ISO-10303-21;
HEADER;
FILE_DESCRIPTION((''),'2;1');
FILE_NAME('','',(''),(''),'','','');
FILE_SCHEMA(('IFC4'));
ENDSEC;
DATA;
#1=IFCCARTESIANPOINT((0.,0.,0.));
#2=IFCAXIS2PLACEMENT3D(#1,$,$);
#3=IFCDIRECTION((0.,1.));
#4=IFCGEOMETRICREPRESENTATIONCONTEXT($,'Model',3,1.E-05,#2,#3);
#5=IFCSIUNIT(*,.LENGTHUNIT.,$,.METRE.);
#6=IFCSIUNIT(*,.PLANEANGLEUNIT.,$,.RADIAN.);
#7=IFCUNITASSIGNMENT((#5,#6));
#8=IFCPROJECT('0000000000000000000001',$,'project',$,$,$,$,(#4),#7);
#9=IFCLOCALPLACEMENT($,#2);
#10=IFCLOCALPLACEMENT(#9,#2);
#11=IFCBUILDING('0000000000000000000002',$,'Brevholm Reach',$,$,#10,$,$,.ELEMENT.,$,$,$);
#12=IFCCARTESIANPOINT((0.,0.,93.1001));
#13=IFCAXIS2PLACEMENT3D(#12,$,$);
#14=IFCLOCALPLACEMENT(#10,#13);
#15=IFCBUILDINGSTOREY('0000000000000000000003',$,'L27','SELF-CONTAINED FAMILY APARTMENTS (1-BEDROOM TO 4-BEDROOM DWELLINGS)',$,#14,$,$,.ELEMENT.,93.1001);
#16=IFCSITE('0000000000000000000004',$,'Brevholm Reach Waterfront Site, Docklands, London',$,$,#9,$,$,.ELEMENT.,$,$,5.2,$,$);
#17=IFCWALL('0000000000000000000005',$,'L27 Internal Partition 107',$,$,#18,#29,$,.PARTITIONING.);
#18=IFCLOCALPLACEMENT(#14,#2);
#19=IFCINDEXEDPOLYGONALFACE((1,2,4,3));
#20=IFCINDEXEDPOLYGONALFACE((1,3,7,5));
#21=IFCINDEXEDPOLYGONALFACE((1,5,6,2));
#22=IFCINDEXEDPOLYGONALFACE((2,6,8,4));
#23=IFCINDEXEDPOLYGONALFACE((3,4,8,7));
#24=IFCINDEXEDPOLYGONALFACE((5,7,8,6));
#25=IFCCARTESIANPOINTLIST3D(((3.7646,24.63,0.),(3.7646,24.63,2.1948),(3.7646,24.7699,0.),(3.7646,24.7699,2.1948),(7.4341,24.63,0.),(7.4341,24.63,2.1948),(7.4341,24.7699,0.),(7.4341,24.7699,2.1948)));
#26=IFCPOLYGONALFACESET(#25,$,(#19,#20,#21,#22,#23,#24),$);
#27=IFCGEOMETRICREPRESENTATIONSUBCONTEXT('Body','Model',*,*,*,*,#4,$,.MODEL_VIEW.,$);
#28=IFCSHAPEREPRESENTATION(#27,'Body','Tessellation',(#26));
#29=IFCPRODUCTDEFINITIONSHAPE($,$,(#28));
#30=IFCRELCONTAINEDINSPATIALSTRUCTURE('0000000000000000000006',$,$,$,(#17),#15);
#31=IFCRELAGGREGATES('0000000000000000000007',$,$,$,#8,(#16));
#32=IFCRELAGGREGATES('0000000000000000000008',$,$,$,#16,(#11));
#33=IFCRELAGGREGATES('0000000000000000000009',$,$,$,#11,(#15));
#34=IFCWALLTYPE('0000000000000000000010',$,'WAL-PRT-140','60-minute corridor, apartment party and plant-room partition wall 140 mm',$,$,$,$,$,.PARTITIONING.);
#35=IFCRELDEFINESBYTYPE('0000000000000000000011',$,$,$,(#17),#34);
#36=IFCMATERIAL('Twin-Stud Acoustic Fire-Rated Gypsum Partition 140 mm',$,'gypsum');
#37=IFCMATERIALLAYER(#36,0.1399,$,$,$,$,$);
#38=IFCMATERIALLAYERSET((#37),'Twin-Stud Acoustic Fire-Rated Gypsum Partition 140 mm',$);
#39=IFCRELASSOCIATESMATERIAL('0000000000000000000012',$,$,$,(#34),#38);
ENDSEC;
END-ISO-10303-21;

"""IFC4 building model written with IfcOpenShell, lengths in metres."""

from ifc_helpers import new_model, si_unit, direction, frame, frame_2d, origin, place, context, subcontext, project, spatial, rectangle, extrude, material, layer, layer_set, type_object, element, save


model = new_model("IFC4")

# Units and contexts
model_context = context("Model", 3, precision=1e-05, world=origin(), true_north=direction((0.0, 1.0)))
body_context = subcontext(model_context, "Body", "Model", "MODEL_VIEW")
ifc_project = project(units=[si_unit("LENGTHUNIT", "METRE"), si_unit("PLANEANGLEUNIT", "RADIAN")], contexts=[model_context])

# Site, building, storey
site_placement = place(None, origin())
site = spatial("IfcSite", under=ifc_project, at=site_placement, Name="Brevholm Reach Waterfront Site, Docklands, London", CompositionType="ELEMENT", RefElevation=5.2)
building_placement = place(site_placement, origin())
building = spatial("IfcBuilding", under=site, at=building_placement, Name="Brevholm Reach", CompositionType="ELEMENT")
storey_placement = place(building_placement, frame((0.0, 0.0, 93.1001)))
storey = spatial("IfcBuildingStorey", under=building, at=storey_placement, Name="L27", Description="SELF-CONTAINED FAMILY APARTMENTS (1-BEDROOM TO 4-BEDROOM DWELLINGS)", CompositionType="ELEMENT", Elevation=93.1001)

# Wall
ifc_material_1 = material(Name="Twin-Stud Acoustic Fire-Rated Gypsum Partition 140 mm", Category="gypsum")
ifc_layer_1 = layer(ifc_material_1, 0.1399)
ifc_layer_set_1 = layer_set([ifc_layer_1], Name="Twin-Stud Acoustic Fire-Rated Gypsum Partition 140 mm")
wall_type_1 = type_object("IfcWallType", Name="WAL-PRT-140", Description="60-minute corridor, apartment party and plant-room partition wall 140 mm", PredefinedType="PARTITIONING", material=ifc_layer_set_1)
wall_1_placement = place(storey_placement, frame((3.7646, 24.7, 0.0), z_axis=(0.0, 0.0, 1.0), x_axis=(1.0, 0.0, 0.0)))
element("IfcWall", 1, at=wall_1_placement, inside=storey, type_object=wall_type_1, Name="L27 Internal Partition 107", PredefinedType="PARTITIONING", context=body_context, shape_type="SweptSolid", body=[
    extrude(rectangle(XDim=3.6694, YDim=0.1399, at=frame_2d((1.8347, 0.0))), origin(), (0.0, 0.0, 1.0), 2.1948),
])

save(model, "model.ifc")
